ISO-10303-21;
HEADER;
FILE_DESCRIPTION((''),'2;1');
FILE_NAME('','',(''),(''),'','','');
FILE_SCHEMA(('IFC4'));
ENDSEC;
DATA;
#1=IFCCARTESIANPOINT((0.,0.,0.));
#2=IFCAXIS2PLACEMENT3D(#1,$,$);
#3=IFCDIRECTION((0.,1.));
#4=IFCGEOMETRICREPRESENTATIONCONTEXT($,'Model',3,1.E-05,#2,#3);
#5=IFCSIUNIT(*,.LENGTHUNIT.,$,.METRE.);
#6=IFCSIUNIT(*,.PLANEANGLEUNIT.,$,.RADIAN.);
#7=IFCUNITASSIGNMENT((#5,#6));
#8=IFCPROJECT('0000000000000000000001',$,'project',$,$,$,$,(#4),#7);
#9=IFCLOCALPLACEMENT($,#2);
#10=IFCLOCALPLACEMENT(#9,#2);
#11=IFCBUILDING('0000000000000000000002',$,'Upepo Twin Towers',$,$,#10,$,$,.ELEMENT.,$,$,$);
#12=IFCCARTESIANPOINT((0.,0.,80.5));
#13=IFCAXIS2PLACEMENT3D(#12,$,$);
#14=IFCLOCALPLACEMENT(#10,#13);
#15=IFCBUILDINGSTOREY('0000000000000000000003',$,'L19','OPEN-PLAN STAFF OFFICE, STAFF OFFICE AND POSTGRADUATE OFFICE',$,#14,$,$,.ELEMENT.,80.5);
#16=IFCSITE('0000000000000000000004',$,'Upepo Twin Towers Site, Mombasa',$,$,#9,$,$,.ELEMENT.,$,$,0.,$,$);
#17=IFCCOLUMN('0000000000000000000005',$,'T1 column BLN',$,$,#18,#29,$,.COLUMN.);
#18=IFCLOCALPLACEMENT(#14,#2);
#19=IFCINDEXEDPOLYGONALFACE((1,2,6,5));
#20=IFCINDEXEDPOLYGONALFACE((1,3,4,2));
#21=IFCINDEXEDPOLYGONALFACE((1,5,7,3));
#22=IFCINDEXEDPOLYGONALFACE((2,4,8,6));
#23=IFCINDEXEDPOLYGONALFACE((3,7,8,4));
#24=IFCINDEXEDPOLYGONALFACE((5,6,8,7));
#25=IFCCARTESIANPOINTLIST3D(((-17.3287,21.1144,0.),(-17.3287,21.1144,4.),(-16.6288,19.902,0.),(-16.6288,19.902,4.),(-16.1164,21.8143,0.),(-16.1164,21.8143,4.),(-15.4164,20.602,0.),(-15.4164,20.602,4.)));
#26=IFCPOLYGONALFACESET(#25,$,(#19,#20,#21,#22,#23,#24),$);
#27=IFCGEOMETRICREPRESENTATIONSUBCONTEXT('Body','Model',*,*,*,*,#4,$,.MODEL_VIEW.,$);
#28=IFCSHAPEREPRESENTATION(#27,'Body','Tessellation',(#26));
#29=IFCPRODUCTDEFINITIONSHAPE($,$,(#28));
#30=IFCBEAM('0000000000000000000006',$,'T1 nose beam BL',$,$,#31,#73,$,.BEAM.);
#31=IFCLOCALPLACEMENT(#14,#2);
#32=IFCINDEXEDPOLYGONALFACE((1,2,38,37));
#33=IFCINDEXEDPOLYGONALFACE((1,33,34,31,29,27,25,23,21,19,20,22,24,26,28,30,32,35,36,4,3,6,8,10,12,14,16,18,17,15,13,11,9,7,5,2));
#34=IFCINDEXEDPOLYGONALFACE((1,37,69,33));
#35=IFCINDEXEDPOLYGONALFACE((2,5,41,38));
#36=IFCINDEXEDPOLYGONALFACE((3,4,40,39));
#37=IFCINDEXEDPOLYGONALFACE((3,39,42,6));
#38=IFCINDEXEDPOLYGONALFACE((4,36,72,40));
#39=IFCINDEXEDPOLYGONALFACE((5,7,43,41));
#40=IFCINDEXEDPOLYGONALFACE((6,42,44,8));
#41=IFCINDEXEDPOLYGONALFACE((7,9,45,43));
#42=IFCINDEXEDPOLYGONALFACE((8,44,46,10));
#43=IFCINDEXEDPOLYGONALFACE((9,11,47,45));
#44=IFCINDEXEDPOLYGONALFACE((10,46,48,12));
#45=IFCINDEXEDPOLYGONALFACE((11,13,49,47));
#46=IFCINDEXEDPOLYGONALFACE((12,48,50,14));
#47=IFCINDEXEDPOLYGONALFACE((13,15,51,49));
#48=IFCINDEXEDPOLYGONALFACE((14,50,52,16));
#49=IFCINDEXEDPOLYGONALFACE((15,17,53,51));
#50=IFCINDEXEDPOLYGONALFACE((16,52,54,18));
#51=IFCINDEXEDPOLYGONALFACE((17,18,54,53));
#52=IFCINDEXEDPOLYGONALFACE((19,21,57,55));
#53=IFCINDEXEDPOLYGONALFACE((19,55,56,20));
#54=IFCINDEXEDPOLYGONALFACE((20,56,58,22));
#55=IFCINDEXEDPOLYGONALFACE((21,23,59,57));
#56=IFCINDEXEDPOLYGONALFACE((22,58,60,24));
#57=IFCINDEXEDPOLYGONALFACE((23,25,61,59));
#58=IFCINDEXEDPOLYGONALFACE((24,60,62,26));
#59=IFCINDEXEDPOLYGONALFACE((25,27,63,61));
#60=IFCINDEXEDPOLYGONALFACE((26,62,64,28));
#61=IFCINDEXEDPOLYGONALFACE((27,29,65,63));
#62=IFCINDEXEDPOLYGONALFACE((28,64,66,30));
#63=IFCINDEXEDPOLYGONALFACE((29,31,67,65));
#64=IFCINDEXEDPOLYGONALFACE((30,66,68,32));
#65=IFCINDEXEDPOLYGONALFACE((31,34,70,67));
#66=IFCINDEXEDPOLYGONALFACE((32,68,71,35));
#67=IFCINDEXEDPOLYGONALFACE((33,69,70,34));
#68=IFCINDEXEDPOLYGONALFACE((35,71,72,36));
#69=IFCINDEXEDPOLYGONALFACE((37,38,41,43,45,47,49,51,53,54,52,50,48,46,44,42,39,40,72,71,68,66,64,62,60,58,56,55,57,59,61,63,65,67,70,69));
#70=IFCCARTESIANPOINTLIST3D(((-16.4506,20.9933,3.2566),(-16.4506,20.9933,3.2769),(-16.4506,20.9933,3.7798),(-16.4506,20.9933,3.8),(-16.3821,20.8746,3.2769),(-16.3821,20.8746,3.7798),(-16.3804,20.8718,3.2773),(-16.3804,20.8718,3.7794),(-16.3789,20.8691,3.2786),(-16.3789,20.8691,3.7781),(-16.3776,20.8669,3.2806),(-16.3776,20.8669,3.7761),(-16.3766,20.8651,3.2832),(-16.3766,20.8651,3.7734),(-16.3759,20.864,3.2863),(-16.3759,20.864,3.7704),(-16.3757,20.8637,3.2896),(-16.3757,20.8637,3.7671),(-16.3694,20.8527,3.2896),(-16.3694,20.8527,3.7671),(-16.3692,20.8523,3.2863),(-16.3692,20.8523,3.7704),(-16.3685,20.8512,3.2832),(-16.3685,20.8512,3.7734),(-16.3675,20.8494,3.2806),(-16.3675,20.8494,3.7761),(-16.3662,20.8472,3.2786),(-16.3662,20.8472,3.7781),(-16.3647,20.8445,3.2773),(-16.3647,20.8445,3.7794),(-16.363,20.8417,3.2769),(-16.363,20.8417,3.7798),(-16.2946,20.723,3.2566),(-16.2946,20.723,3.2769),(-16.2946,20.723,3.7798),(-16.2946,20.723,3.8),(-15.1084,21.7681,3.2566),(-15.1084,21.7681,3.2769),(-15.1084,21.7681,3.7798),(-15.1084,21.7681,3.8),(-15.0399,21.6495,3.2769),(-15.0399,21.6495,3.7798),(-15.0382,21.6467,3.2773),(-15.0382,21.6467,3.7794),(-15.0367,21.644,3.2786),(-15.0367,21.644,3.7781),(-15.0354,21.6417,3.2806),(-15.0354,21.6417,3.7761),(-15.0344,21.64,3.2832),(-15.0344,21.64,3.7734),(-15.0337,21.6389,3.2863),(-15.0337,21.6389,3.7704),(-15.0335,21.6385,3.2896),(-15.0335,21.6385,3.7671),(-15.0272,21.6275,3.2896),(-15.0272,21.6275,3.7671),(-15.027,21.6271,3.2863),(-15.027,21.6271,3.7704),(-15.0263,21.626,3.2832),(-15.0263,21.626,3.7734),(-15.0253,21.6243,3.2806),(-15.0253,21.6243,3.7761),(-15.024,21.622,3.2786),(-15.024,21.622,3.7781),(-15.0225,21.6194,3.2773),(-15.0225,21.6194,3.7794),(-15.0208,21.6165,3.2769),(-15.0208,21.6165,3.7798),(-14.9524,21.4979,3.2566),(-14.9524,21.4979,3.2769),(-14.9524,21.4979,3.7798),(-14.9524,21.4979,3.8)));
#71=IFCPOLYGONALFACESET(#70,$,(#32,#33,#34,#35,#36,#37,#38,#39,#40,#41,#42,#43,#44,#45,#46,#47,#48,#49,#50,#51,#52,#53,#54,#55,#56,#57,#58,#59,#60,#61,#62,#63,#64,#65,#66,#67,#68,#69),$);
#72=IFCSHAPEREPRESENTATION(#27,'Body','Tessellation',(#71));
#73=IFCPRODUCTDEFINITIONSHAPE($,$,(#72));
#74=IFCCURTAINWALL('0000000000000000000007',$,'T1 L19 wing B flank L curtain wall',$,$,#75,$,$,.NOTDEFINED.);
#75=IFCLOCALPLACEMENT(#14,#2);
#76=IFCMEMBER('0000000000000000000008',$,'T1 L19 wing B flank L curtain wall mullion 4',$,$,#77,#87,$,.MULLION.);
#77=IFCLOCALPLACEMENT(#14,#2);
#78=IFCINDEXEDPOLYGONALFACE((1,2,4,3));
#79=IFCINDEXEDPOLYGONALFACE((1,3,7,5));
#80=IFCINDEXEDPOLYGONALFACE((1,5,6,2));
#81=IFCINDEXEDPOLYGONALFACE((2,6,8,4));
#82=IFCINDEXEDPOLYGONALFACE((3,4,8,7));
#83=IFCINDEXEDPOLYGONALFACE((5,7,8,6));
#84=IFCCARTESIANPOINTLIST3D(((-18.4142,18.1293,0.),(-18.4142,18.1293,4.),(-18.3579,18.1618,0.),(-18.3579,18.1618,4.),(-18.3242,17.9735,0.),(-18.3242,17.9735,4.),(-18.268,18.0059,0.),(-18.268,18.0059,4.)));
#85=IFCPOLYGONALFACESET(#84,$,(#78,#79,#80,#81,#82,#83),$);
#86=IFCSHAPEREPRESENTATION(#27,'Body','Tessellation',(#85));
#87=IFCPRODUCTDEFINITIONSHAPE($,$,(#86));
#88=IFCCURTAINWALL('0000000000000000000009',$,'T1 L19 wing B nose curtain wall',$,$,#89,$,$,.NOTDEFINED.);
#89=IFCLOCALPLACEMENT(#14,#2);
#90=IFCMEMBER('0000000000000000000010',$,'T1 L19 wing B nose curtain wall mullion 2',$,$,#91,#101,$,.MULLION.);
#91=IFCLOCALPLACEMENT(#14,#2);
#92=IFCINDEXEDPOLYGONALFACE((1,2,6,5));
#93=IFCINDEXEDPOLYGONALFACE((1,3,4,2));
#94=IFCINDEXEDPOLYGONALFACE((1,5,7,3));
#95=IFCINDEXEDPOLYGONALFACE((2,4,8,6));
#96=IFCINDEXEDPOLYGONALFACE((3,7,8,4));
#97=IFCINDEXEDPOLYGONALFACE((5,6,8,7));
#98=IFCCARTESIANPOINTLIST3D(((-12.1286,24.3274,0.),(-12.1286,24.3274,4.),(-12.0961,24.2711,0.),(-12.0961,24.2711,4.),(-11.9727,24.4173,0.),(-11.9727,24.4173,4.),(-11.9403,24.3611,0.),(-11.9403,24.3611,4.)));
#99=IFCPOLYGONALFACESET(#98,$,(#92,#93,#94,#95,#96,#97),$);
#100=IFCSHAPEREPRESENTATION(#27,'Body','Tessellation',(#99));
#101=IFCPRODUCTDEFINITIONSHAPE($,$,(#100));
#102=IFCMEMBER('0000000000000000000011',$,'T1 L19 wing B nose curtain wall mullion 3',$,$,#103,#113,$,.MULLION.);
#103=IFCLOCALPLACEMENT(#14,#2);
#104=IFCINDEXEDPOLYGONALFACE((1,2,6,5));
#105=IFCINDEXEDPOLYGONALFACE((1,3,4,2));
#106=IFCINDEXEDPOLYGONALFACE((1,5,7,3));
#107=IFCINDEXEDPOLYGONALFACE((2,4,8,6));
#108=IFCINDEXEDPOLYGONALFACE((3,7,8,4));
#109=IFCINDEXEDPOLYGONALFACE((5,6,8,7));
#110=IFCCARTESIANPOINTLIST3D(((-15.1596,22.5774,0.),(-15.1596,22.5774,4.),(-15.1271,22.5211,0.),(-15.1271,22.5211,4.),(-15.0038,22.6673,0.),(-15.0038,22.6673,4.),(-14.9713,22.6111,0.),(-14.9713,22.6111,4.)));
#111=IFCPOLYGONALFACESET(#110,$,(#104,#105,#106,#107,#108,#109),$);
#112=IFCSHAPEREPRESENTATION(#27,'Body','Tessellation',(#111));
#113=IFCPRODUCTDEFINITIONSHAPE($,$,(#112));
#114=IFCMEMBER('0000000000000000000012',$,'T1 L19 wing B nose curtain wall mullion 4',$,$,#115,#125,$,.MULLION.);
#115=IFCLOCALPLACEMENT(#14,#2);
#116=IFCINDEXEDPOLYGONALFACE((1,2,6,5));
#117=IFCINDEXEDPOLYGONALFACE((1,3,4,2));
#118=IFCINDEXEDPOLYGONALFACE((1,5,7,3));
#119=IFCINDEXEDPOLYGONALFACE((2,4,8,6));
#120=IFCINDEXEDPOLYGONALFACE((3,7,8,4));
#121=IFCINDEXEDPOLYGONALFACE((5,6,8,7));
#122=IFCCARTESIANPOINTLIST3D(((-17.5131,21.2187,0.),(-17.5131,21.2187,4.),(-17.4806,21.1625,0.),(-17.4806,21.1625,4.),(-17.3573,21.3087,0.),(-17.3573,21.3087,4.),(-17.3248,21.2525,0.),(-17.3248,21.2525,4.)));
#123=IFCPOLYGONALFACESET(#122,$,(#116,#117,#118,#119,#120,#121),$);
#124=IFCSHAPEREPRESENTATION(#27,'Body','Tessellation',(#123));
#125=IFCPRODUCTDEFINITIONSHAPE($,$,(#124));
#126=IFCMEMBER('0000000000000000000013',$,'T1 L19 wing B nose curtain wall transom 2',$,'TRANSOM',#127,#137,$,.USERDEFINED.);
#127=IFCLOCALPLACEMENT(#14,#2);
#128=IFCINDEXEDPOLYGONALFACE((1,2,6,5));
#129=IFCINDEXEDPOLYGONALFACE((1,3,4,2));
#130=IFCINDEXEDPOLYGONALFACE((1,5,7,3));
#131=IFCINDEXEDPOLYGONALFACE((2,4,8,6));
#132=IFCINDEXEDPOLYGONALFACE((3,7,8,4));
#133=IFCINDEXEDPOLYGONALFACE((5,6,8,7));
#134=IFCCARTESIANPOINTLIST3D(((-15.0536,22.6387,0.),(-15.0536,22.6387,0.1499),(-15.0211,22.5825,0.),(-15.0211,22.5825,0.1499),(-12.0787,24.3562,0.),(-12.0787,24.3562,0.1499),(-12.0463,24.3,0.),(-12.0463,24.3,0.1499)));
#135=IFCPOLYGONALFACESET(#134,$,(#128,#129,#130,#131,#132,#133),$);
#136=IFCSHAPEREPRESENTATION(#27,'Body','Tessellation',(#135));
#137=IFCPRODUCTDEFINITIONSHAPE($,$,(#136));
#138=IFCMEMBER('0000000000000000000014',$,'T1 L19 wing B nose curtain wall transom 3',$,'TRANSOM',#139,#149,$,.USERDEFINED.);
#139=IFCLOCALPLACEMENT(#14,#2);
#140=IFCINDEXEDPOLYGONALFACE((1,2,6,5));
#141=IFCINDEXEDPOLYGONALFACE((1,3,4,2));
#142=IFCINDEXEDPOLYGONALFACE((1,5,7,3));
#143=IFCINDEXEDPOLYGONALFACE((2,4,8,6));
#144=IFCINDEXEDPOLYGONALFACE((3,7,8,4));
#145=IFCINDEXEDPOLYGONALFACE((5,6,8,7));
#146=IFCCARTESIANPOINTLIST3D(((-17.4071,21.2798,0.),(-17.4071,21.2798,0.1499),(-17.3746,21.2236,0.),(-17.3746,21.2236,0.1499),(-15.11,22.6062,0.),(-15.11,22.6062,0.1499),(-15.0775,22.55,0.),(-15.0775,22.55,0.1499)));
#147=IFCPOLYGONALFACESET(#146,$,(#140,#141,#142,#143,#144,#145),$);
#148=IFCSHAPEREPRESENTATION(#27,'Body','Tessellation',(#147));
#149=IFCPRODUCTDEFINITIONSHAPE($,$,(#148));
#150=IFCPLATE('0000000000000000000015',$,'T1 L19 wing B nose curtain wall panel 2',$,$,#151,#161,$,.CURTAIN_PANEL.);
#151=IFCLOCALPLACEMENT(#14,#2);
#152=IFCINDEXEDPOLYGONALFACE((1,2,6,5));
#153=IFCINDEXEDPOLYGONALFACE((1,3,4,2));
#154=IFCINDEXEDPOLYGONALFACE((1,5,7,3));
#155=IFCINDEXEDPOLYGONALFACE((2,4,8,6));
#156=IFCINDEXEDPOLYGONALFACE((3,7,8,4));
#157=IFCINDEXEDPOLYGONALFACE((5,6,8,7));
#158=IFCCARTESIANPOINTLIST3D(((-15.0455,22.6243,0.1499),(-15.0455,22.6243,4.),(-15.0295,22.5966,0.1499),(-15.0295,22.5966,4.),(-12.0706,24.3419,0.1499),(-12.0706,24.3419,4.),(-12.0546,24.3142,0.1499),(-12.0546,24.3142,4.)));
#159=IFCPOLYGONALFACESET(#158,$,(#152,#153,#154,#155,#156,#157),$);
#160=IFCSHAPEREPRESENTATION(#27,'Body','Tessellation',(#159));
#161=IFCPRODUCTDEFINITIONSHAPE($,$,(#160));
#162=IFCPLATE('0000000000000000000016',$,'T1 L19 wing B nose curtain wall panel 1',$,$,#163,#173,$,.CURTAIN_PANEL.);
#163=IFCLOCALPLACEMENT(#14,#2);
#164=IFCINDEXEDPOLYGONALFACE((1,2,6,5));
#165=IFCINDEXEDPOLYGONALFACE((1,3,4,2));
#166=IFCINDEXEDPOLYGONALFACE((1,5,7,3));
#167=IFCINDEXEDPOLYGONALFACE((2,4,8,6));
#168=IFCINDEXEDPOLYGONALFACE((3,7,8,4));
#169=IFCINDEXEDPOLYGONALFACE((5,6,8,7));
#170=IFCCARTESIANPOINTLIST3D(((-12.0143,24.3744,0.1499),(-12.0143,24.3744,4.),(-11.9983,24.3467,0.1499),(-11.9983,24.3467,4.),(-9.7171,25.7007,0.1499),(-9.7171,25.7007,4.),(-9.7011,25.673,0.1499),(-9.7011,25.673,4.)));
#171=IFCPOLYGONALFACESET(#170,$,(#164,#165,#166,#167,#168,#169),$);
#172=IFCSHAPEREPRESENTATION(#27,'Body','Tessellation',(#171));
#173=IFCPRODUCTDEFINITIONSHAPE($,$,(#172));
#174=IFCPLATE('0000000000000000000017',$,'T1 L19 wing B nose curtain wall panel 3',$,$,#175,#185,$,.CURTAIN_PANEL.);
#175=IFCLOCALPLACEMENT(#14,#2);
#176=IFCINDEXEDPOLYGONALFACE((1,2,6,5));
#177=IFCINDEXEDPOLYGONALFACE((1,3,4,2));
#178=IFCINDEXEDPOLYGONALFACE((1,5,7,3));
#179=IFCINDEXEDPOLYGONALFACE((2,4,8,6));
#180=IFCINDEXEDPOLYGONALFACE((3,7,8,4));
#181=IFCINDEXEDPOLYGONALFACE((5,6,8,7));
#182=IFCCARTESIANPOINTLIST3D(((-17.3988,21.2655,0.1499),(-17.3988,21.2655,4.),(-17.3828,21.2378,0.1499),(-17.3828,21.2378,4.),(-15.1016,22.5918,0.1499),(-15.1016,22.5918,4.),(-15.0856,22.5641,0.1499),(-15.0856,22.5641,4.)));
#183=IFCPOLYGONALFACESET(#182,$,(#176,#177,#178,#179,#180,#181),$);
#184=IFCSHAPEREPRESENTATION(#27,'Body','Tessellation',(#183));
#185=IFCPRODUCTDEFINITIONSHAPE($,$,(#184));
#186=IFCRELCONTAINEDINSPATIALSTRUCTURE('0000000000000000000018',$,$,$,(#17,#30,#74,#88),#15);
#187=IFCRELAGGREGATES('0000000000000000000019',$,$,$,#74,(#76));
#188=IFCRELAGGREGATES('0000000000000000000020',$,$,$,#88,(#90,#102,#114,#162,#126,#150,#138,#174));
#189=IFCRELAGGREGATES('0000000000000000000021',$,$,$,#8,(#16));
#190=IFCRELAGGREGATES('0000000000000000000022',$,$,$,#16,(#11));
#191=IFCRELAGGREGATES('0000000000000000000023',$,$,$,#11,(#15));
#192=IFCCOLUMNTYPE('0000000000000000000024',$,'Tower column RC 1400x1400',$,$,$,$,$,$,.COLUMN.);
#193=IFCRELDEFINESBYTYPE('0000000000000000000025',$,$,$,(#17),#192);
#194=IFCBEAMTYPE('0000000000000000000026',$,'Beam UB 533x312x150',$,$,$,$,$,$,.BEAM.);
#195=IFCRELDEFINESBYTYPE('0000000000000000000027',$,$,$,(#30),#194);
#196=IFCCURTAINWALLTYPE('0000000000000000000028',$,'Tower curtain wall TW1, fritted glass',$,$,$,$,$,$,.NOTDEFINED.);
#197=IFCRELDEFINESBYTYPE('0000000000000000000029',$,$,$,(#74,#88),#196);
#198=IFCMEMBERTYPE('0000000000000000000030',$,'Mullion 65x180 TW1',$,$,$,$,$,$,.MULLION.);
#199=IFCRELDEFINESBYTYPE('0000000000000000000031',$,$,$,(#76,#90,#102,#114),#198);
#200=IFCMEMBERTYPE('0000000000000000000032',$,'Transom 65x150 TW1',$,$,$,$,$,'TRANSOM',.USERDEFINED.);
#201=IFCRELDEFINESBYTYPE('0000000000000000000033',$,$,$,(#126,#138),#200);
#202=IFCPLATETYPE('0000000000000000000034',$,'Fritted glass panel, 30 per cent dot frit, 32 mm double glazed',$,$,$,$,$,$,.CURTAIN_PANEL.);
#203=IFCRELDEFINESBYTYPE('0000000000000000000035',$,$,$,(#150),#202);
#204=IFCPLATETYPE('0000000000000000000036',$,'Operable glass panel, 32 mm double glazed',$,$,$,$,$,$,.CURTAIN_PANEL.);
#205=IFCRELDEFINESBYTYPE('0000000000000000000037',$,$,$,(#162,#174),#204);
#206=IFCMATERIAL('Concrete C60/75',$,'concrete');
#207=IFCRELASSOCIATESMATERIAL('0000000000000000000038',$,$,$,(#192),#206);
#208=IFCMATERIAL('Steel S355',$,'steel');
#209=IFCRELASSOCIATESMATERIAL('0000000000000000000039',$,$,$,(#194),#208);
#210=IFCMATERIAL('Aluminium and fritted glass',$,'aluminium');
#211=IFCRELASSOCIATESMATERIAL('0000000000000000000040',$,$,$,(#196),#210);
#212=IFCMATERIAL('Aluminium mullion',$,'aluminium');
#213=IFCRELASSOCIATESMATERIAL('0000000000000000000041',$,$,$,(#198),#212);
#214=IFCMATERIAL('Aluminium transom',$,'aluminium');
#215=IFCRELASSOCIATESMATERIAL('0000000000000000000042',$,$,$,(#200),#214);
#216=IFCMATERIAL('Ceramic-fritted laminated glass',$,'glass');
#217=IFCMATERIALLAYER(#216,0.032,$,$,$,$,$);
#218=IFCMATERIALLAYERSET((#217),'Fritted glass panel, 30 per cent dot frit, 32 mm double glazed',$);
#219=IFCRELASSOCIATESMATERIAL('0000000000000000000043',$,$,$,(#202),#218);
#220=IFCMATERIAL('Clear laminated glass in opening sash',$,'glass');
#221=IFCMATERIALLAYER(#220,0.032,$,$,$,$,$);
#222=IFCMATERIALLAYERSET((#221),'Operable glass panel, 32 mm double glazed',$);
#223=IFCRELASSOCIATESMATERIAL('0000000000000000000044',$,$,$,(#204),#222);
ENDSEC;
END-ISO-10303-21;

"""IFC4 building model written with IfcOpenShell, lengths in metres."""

from ifc_helpers import new_model, si_unit, direction, frame, origin, origin_2d, place, context, subcontext, project, spatial, rectangle, i_section, extrude, material, layer, layer_set, material_profile, profile_set, type_object, element, aggregate, save


model = new_model("IFC4")

# Units and contexts
model_context = context("Model", 3, precision=1e-05, world=origin(), true_north=direction((0.0, 1.0)))
body_context = subcontext(model_context, "Body", "Model", "MODEL_VIEW")
ifc_project = project(units=[si_unit("LENGTHUNIT", "METRE"), si_unit("PLANEANGLEUNIT", "RADIAN")], contexts=[model_context])

# Site, building, storey
site_placement = place(None, origin())
site = spatial("IfcSite", under=ifc_project, at=site_placement, Name="Upepo Twin Towers Site, Mombasa", CompositionType="ELEMENT", RefElevation=0.0)
building_placement = place(site_placement, origin())
building = spatial("IfcBuilding", under=site, at=building_placement, Name="Upepo Twin Towers", CompositionType="ELEMENT")
storey_placement = place(building_placement, frame((0.0, 0.0, 80.5)))
storey = spatial("IfcBuildingStorey", under=building, at=storey_placement, Name="L19", Description="OPEN-PLAN STAFF OFFICE, STAFF OFFICE AND POSTGRADUATE OFFICE", CompositionType="ELEMENT", Elevation=80.5)

# Column
ifc_material_1 = material(Name="Concrete C60/75", Category="concrete")
ifc_material_profile_1 = material_profile(ifc_material_1, rectangle(XDim=1.3999, YDim=1.3999, at=origin_2d()), Name="RC 1400x1400")
ifc_profile_set_1 = profile_set([ifc_material_profile_1], Name="Concrete C60/75")
column_type = type_object("IfcColumnType", Name="Tower column RC 1400x1400", PredefinedType="COLUMN", material=ifc_profile_set_1)
column_placement = place(storey_placement, frame((-16.3726, 20.8582, 0.0), z_axis=(0.0, 0.0, 1.0), x_axis=(0.866025, 0.5, 0.0)))
element("IfcColumn", 1, at=column_placement, inside=storey, type_object=column_type, Name="T1 column BLN", PredefinedType="COLUMN", context=body_context, shape_type="SweptSolid", body=[
    extrude(rectangle(XDim=1.3999, YDim=1.3999, at=origin_2d()), origin(), (0.0, 0.0, 1.0), 4.0),
])

# Beam
ifc_material_2 = material(Name="Steel S355", Category="steel")
ifc_material_profile_2 = material_profile(ifc_material_2, i_section(OverallWidth=0.312, OverallDepth=0.5435, WebThickness=0.0127, FlangeThickness=0.0203, FilletRadius=0.0127, at=origin_2d()), Name="UB 533x312x150")
ifc_profile_set_2 = profile_set([ifc_material_profile_2], Name="Steel S355")
beam_type = type_object("IfcBeamType", Name="Beam UB 533x312x150", PredefinedType="BEAM", material=ifc_profile_set_2)
beam_placement = place(storey_placement, frame((-16.3726, 20.8582, 3.5283), z_axis=(0.866044, 0.499968, 0.0), x_axis=(-0.499968, 0.866044, 0.0)))
element("IfcBeam", 2, at=beam_placement, inside=storey, type_object=beam_type, Name="T1 nose beam BL", PredefinedType="BEAM", context=body_context, shape_type="SweptSolid", body=[
    extrude(i_section(OverallWidth=0.312, OverallDepth=0.5435, WebThickness=0.0127, FlangeThickness=0.0203, FilletRadius=0.0127, at=origin_2d()), origin(), (0.0, 0.0, 1.0), 1.5498),
])

# Curtain wall, member
ifc_material_3 = material(Name="Aluminium and fritted glass", Category="aluminium")
curtain_wall_type = type_object("IfcCurtainWallType", Name="Tower curtain wall TW1, fritted glass", PredefinedType="NOTDEFINED", material=ifc_material_3)
curtain_wall_1_placement = place(storey_placement, origin())
curtain_wall_1 = element("IfcCurtainWall", 3, at=curtain_wall_1_placement, inside=storey, type_object=curtain_wall_type, Name="T1 L19 wing B flank L curtain wall", PredefinedType="NOTDEFINED")
ifc_material_4 = material(Name="Aluminium mullion", Category="aluminium")
ifc_material_profile_3 = material_profile(ifc_material_4, rectangle(XDim=0.0649, YDim=0.1799, at=origin_2d()), Name="MULLION 65x180")
ifc_profile_set_3 = profile_set([ifc_material_profile_3], Name="Aluminium mullion")
member_type_1 = type_object("IfcMemberType", Name="Mullion 65x180 TW1", PredefinedType="MULLION", material=ifc_profile_set_3)
member_1_placement = place(storey_placement, frame((-18.3411, 18.0676, 0.0), z_axis=(0.0, 0.0, 1.0), x_axis=(-0.866025, -0.5, 0.0)))
member_1 = element("IfcMember", 4, at=member_1_placement, type_object=member_type_1, Name="T1 L19 wing B flank L curtain wall mullion 4", PredefinedType="MULLION", context=body_context, shape_type="SweptSolid", body=[
    extrude(rectangle(XDim=0.0649, YDim=0.1799, at=origin_2d()), origin(), (0.0, 0.0, 1.0), 4.0),
])
aggregate(curtain_wall_1, [member_1])

# Curtain wall, members, plates
curtain_wall_2_placement = place(storey_placement, origin())
curtain_wall_2 = element("IfcCurtainWall", 5, at=curtain_wall_2_placement, inside=storey, type_object=curtain_wall_type, Name="T1 L19 wing B nose curtain wall", PredefinedType="NOTDEFINED")
member_2_placement = place(storey_placement, frame((-12.0344, 24.3442, 0.0), z_axis=(0.0, 0.0, 1.0), x_axis=(0.5, -0.866025, 0.0)))
member_2 = element("IfcMember", 6, at=member_2_placement, type_object=member_type_1, Name="T1 L19 wing B nose curtain wall mullion 2", PredefinedType="MULLION", context=body_context, shape_type="SweptSolid", body=[
    extrude(rectangle(XDim=0.0649, YDim=0.1799, at=origin_2d()), origin(), (0.0, 0.0, 1.0), 4.0),
])
member_3_placement = place(storey_placement, frame((-15.0654, 22.5942, 0.0), z_axis=(0.0, 0.0, 1.0), x_axis=(0.5, -0.866025, 0.0)))
member_3 = element("IfcMember", 7, at=member_3_placement, type_object=member_type_1, Name="T1 L19 wing B nose curtain wall mullion 3", PredefinedType="MULLION", context=body_context, shape_type="SweptSolid", body=[
    extrude(rectangle(XDim=0.0649, YDim=0.1799, at=origin_2d()), origin(), (0.0, 0.0, 1.0), 4.0),
])
member_4_placement = place(storey_placement, frame((-17.4189, 21.2356, 0.0), z_axis=(0.0, 0.0, 1.0), x_axis=(0.5, -0.866025, 0.0)))
member_4 = element("IfcMember", 8, at=member_4_placement, type_object=member_type_1, Name="T1 L19 wing B nose curtain wall mullion 4", PredefinedType="MULLION", context=body_context, shape_type="SweptSolid", body=[
    extrude(rectangle(XDim=0.0649, YDim=0.1799, at=origin_2d()), origin(), (0.0, 0.0, 1.0), 4.0),
])
ifc_material_5 = material(Name="Aluminium transom", Category="aluminium")
ifc_material_profile_4 = material_profile(ifc_material_5, rectangle(XDim=0.0649, YDim=0.1499, at=origin_2d()), Name="TRANSOM 65x150")
ifc_profile_set_4 = profile_set([ifc_material_profile_4], Name="Aluminium transom")
member_type_2 = type_object("IfcMemberType", Name="Transom 65x150 TW1", ElementType="TRANSOM", PredefinedType="USERDEFINED", material=ifc_profile_set_4)
member_5_placement = place(storey_placement, frame((-12.0625, 24.3281, 0.075), z_axis=(-0.866026, -0.499999, 0.0), x_axis=(0.499999, -0.866026, 0.0)))
member_5 = element("IfcMember", 9, at=member_5_placement, type_object=member_type_2, Name="T1 L19 wing B nose curtain wall transom 2", ObjectType="TRANSOM", PredefinedType="USERDEFINED", context=body_context, shape_type="SweptSolid", body=[
    extrude(rectangle(XDim=0.0649, YDim=0.1499, at=origin_2d()), origin(), (0.0, 0.0, 1.0), 3.4351),
])
member_6_placement = place(storey_placement, frame((-15.0938, 22.5781, 0.075), z_axis=(-0.865997, -0.500049, 0.0), x_axis=(0.500049, -0.865997, 0.0)))
member_6 = element("IfcMember", 10, at=member_6_placement, type_object=member_type_2, Name="T1 L19 wing B nose curtain wall transom 3", ObjectType="TRANSOM", PredefinedType="USERDEFINED", context=body_context, shape_type="SweptSolid", body=[
    extrude(rectangle(XDim=0.0649, YDim=0.1499, at=origin_2d()), origin(), (0.0, 0.0, 1.0), 2.6526),
])
ifc_material_6 = material(Name="Ceramic-fritted laminated glass", Category="glass")
ifc_layer_1 = layer(ifc_material_6, 0.032)
ifc_layer_set_1 = layer_set([ifc_layer_1], Name="Fritted glass panel, 30 per cent dot frit, 32 mm double glazed")
plate_type_1 = type_object("IfcPlateType", Name="Fritted glass panel, 30 per cent dot frit, 32 mm double glazed", PredefinedType="CURTAIN_PANEL", material=ifc_layer_set_1)
plate_1_placement = place(storey_placement, frame((-13.55, 23.4692, 0.1499), z_axis=(0.0, 0.0, 1.0), x_axis=(-0.866025, -0.5, 0.0)))
plate_1 = element("IfcPlate", 11, at=plate_1_placement, type_object=plate_type_1, Name="T1 L19 wing B nose curtain wall panel 2", PredefinedType="CURTAIN_PANEL", context=body_context, shape_type="SweptSolid", body=[
    extrude(rectangle(XDim=3.4351, YDim=0.032, at=origin_2d()), origin(), (0.0, 0.0, 1.0), 3.8501),
])
ifc_material_7 = material(Name="Clear laminated glass in opening sash", Category="glass")
ifc_layer_2 = layer(ifc_material_7, 0.032)
ifc_layer_set_2 = layer_set([ifc_layer_2], Name="Operable glass panel, 32 mm double glazed")
plate_type_2 = type_object("IfcPlateType", Name="Operable glass panel, 32 mm double glazed", PredefinedType="CURTAIN_PANEL", material=ifc_layer_set_2)
plate_2_placement = place(storey_placement, frame((-10.8577, 25.0237, 0.1499), z_axis=(0.0, 0.0, 1.0), x_axis=(-0.866025, -0.5, 0.0)))
plate_2 = element("IfcPlate", 12, at=plate_2_placement, type_object=plate_type_2, Name="T1 L19 wing B nose curtain wall panel 1", PredefinedType="CURTAIN_PANEL", context=body_context, shape_type="SweptSolid", body=[
    extrude(rectangle(XDim=2.6526, YDim=0.032, at=origin_2d()), origin(), (0.0, 0.0, 1.0), 3.8501),
])
plate_3_placement = place(storey_placement, frame((-16.2422, 21.9148, 0.1499), z_axis=(0.0, 0.0, 1.0), x_axis=(-0.866025, -0.5, 0.0)))
plate_3 = element("IfcPlate", 13, at=plate_3_placement, type_object=plate_type_2, Name="T1 L19 wing B nose curtain wall panel 3", PredefinedType="CURTAIN_PANEL", context=body_context, shape_type="SweptSolid", body=[
    extrude(rectangle(XDim=2.6526, YDim=0.032, at=origin_2d()), origin(), (0.0, 0.0, 1.0), 3.8501),
])
aggregate(curtain_wall_2, [member_2, member_3, member_4, plate_2, member_5, plate_1, member_6, plate_3])

save(model, "model.ifc")
